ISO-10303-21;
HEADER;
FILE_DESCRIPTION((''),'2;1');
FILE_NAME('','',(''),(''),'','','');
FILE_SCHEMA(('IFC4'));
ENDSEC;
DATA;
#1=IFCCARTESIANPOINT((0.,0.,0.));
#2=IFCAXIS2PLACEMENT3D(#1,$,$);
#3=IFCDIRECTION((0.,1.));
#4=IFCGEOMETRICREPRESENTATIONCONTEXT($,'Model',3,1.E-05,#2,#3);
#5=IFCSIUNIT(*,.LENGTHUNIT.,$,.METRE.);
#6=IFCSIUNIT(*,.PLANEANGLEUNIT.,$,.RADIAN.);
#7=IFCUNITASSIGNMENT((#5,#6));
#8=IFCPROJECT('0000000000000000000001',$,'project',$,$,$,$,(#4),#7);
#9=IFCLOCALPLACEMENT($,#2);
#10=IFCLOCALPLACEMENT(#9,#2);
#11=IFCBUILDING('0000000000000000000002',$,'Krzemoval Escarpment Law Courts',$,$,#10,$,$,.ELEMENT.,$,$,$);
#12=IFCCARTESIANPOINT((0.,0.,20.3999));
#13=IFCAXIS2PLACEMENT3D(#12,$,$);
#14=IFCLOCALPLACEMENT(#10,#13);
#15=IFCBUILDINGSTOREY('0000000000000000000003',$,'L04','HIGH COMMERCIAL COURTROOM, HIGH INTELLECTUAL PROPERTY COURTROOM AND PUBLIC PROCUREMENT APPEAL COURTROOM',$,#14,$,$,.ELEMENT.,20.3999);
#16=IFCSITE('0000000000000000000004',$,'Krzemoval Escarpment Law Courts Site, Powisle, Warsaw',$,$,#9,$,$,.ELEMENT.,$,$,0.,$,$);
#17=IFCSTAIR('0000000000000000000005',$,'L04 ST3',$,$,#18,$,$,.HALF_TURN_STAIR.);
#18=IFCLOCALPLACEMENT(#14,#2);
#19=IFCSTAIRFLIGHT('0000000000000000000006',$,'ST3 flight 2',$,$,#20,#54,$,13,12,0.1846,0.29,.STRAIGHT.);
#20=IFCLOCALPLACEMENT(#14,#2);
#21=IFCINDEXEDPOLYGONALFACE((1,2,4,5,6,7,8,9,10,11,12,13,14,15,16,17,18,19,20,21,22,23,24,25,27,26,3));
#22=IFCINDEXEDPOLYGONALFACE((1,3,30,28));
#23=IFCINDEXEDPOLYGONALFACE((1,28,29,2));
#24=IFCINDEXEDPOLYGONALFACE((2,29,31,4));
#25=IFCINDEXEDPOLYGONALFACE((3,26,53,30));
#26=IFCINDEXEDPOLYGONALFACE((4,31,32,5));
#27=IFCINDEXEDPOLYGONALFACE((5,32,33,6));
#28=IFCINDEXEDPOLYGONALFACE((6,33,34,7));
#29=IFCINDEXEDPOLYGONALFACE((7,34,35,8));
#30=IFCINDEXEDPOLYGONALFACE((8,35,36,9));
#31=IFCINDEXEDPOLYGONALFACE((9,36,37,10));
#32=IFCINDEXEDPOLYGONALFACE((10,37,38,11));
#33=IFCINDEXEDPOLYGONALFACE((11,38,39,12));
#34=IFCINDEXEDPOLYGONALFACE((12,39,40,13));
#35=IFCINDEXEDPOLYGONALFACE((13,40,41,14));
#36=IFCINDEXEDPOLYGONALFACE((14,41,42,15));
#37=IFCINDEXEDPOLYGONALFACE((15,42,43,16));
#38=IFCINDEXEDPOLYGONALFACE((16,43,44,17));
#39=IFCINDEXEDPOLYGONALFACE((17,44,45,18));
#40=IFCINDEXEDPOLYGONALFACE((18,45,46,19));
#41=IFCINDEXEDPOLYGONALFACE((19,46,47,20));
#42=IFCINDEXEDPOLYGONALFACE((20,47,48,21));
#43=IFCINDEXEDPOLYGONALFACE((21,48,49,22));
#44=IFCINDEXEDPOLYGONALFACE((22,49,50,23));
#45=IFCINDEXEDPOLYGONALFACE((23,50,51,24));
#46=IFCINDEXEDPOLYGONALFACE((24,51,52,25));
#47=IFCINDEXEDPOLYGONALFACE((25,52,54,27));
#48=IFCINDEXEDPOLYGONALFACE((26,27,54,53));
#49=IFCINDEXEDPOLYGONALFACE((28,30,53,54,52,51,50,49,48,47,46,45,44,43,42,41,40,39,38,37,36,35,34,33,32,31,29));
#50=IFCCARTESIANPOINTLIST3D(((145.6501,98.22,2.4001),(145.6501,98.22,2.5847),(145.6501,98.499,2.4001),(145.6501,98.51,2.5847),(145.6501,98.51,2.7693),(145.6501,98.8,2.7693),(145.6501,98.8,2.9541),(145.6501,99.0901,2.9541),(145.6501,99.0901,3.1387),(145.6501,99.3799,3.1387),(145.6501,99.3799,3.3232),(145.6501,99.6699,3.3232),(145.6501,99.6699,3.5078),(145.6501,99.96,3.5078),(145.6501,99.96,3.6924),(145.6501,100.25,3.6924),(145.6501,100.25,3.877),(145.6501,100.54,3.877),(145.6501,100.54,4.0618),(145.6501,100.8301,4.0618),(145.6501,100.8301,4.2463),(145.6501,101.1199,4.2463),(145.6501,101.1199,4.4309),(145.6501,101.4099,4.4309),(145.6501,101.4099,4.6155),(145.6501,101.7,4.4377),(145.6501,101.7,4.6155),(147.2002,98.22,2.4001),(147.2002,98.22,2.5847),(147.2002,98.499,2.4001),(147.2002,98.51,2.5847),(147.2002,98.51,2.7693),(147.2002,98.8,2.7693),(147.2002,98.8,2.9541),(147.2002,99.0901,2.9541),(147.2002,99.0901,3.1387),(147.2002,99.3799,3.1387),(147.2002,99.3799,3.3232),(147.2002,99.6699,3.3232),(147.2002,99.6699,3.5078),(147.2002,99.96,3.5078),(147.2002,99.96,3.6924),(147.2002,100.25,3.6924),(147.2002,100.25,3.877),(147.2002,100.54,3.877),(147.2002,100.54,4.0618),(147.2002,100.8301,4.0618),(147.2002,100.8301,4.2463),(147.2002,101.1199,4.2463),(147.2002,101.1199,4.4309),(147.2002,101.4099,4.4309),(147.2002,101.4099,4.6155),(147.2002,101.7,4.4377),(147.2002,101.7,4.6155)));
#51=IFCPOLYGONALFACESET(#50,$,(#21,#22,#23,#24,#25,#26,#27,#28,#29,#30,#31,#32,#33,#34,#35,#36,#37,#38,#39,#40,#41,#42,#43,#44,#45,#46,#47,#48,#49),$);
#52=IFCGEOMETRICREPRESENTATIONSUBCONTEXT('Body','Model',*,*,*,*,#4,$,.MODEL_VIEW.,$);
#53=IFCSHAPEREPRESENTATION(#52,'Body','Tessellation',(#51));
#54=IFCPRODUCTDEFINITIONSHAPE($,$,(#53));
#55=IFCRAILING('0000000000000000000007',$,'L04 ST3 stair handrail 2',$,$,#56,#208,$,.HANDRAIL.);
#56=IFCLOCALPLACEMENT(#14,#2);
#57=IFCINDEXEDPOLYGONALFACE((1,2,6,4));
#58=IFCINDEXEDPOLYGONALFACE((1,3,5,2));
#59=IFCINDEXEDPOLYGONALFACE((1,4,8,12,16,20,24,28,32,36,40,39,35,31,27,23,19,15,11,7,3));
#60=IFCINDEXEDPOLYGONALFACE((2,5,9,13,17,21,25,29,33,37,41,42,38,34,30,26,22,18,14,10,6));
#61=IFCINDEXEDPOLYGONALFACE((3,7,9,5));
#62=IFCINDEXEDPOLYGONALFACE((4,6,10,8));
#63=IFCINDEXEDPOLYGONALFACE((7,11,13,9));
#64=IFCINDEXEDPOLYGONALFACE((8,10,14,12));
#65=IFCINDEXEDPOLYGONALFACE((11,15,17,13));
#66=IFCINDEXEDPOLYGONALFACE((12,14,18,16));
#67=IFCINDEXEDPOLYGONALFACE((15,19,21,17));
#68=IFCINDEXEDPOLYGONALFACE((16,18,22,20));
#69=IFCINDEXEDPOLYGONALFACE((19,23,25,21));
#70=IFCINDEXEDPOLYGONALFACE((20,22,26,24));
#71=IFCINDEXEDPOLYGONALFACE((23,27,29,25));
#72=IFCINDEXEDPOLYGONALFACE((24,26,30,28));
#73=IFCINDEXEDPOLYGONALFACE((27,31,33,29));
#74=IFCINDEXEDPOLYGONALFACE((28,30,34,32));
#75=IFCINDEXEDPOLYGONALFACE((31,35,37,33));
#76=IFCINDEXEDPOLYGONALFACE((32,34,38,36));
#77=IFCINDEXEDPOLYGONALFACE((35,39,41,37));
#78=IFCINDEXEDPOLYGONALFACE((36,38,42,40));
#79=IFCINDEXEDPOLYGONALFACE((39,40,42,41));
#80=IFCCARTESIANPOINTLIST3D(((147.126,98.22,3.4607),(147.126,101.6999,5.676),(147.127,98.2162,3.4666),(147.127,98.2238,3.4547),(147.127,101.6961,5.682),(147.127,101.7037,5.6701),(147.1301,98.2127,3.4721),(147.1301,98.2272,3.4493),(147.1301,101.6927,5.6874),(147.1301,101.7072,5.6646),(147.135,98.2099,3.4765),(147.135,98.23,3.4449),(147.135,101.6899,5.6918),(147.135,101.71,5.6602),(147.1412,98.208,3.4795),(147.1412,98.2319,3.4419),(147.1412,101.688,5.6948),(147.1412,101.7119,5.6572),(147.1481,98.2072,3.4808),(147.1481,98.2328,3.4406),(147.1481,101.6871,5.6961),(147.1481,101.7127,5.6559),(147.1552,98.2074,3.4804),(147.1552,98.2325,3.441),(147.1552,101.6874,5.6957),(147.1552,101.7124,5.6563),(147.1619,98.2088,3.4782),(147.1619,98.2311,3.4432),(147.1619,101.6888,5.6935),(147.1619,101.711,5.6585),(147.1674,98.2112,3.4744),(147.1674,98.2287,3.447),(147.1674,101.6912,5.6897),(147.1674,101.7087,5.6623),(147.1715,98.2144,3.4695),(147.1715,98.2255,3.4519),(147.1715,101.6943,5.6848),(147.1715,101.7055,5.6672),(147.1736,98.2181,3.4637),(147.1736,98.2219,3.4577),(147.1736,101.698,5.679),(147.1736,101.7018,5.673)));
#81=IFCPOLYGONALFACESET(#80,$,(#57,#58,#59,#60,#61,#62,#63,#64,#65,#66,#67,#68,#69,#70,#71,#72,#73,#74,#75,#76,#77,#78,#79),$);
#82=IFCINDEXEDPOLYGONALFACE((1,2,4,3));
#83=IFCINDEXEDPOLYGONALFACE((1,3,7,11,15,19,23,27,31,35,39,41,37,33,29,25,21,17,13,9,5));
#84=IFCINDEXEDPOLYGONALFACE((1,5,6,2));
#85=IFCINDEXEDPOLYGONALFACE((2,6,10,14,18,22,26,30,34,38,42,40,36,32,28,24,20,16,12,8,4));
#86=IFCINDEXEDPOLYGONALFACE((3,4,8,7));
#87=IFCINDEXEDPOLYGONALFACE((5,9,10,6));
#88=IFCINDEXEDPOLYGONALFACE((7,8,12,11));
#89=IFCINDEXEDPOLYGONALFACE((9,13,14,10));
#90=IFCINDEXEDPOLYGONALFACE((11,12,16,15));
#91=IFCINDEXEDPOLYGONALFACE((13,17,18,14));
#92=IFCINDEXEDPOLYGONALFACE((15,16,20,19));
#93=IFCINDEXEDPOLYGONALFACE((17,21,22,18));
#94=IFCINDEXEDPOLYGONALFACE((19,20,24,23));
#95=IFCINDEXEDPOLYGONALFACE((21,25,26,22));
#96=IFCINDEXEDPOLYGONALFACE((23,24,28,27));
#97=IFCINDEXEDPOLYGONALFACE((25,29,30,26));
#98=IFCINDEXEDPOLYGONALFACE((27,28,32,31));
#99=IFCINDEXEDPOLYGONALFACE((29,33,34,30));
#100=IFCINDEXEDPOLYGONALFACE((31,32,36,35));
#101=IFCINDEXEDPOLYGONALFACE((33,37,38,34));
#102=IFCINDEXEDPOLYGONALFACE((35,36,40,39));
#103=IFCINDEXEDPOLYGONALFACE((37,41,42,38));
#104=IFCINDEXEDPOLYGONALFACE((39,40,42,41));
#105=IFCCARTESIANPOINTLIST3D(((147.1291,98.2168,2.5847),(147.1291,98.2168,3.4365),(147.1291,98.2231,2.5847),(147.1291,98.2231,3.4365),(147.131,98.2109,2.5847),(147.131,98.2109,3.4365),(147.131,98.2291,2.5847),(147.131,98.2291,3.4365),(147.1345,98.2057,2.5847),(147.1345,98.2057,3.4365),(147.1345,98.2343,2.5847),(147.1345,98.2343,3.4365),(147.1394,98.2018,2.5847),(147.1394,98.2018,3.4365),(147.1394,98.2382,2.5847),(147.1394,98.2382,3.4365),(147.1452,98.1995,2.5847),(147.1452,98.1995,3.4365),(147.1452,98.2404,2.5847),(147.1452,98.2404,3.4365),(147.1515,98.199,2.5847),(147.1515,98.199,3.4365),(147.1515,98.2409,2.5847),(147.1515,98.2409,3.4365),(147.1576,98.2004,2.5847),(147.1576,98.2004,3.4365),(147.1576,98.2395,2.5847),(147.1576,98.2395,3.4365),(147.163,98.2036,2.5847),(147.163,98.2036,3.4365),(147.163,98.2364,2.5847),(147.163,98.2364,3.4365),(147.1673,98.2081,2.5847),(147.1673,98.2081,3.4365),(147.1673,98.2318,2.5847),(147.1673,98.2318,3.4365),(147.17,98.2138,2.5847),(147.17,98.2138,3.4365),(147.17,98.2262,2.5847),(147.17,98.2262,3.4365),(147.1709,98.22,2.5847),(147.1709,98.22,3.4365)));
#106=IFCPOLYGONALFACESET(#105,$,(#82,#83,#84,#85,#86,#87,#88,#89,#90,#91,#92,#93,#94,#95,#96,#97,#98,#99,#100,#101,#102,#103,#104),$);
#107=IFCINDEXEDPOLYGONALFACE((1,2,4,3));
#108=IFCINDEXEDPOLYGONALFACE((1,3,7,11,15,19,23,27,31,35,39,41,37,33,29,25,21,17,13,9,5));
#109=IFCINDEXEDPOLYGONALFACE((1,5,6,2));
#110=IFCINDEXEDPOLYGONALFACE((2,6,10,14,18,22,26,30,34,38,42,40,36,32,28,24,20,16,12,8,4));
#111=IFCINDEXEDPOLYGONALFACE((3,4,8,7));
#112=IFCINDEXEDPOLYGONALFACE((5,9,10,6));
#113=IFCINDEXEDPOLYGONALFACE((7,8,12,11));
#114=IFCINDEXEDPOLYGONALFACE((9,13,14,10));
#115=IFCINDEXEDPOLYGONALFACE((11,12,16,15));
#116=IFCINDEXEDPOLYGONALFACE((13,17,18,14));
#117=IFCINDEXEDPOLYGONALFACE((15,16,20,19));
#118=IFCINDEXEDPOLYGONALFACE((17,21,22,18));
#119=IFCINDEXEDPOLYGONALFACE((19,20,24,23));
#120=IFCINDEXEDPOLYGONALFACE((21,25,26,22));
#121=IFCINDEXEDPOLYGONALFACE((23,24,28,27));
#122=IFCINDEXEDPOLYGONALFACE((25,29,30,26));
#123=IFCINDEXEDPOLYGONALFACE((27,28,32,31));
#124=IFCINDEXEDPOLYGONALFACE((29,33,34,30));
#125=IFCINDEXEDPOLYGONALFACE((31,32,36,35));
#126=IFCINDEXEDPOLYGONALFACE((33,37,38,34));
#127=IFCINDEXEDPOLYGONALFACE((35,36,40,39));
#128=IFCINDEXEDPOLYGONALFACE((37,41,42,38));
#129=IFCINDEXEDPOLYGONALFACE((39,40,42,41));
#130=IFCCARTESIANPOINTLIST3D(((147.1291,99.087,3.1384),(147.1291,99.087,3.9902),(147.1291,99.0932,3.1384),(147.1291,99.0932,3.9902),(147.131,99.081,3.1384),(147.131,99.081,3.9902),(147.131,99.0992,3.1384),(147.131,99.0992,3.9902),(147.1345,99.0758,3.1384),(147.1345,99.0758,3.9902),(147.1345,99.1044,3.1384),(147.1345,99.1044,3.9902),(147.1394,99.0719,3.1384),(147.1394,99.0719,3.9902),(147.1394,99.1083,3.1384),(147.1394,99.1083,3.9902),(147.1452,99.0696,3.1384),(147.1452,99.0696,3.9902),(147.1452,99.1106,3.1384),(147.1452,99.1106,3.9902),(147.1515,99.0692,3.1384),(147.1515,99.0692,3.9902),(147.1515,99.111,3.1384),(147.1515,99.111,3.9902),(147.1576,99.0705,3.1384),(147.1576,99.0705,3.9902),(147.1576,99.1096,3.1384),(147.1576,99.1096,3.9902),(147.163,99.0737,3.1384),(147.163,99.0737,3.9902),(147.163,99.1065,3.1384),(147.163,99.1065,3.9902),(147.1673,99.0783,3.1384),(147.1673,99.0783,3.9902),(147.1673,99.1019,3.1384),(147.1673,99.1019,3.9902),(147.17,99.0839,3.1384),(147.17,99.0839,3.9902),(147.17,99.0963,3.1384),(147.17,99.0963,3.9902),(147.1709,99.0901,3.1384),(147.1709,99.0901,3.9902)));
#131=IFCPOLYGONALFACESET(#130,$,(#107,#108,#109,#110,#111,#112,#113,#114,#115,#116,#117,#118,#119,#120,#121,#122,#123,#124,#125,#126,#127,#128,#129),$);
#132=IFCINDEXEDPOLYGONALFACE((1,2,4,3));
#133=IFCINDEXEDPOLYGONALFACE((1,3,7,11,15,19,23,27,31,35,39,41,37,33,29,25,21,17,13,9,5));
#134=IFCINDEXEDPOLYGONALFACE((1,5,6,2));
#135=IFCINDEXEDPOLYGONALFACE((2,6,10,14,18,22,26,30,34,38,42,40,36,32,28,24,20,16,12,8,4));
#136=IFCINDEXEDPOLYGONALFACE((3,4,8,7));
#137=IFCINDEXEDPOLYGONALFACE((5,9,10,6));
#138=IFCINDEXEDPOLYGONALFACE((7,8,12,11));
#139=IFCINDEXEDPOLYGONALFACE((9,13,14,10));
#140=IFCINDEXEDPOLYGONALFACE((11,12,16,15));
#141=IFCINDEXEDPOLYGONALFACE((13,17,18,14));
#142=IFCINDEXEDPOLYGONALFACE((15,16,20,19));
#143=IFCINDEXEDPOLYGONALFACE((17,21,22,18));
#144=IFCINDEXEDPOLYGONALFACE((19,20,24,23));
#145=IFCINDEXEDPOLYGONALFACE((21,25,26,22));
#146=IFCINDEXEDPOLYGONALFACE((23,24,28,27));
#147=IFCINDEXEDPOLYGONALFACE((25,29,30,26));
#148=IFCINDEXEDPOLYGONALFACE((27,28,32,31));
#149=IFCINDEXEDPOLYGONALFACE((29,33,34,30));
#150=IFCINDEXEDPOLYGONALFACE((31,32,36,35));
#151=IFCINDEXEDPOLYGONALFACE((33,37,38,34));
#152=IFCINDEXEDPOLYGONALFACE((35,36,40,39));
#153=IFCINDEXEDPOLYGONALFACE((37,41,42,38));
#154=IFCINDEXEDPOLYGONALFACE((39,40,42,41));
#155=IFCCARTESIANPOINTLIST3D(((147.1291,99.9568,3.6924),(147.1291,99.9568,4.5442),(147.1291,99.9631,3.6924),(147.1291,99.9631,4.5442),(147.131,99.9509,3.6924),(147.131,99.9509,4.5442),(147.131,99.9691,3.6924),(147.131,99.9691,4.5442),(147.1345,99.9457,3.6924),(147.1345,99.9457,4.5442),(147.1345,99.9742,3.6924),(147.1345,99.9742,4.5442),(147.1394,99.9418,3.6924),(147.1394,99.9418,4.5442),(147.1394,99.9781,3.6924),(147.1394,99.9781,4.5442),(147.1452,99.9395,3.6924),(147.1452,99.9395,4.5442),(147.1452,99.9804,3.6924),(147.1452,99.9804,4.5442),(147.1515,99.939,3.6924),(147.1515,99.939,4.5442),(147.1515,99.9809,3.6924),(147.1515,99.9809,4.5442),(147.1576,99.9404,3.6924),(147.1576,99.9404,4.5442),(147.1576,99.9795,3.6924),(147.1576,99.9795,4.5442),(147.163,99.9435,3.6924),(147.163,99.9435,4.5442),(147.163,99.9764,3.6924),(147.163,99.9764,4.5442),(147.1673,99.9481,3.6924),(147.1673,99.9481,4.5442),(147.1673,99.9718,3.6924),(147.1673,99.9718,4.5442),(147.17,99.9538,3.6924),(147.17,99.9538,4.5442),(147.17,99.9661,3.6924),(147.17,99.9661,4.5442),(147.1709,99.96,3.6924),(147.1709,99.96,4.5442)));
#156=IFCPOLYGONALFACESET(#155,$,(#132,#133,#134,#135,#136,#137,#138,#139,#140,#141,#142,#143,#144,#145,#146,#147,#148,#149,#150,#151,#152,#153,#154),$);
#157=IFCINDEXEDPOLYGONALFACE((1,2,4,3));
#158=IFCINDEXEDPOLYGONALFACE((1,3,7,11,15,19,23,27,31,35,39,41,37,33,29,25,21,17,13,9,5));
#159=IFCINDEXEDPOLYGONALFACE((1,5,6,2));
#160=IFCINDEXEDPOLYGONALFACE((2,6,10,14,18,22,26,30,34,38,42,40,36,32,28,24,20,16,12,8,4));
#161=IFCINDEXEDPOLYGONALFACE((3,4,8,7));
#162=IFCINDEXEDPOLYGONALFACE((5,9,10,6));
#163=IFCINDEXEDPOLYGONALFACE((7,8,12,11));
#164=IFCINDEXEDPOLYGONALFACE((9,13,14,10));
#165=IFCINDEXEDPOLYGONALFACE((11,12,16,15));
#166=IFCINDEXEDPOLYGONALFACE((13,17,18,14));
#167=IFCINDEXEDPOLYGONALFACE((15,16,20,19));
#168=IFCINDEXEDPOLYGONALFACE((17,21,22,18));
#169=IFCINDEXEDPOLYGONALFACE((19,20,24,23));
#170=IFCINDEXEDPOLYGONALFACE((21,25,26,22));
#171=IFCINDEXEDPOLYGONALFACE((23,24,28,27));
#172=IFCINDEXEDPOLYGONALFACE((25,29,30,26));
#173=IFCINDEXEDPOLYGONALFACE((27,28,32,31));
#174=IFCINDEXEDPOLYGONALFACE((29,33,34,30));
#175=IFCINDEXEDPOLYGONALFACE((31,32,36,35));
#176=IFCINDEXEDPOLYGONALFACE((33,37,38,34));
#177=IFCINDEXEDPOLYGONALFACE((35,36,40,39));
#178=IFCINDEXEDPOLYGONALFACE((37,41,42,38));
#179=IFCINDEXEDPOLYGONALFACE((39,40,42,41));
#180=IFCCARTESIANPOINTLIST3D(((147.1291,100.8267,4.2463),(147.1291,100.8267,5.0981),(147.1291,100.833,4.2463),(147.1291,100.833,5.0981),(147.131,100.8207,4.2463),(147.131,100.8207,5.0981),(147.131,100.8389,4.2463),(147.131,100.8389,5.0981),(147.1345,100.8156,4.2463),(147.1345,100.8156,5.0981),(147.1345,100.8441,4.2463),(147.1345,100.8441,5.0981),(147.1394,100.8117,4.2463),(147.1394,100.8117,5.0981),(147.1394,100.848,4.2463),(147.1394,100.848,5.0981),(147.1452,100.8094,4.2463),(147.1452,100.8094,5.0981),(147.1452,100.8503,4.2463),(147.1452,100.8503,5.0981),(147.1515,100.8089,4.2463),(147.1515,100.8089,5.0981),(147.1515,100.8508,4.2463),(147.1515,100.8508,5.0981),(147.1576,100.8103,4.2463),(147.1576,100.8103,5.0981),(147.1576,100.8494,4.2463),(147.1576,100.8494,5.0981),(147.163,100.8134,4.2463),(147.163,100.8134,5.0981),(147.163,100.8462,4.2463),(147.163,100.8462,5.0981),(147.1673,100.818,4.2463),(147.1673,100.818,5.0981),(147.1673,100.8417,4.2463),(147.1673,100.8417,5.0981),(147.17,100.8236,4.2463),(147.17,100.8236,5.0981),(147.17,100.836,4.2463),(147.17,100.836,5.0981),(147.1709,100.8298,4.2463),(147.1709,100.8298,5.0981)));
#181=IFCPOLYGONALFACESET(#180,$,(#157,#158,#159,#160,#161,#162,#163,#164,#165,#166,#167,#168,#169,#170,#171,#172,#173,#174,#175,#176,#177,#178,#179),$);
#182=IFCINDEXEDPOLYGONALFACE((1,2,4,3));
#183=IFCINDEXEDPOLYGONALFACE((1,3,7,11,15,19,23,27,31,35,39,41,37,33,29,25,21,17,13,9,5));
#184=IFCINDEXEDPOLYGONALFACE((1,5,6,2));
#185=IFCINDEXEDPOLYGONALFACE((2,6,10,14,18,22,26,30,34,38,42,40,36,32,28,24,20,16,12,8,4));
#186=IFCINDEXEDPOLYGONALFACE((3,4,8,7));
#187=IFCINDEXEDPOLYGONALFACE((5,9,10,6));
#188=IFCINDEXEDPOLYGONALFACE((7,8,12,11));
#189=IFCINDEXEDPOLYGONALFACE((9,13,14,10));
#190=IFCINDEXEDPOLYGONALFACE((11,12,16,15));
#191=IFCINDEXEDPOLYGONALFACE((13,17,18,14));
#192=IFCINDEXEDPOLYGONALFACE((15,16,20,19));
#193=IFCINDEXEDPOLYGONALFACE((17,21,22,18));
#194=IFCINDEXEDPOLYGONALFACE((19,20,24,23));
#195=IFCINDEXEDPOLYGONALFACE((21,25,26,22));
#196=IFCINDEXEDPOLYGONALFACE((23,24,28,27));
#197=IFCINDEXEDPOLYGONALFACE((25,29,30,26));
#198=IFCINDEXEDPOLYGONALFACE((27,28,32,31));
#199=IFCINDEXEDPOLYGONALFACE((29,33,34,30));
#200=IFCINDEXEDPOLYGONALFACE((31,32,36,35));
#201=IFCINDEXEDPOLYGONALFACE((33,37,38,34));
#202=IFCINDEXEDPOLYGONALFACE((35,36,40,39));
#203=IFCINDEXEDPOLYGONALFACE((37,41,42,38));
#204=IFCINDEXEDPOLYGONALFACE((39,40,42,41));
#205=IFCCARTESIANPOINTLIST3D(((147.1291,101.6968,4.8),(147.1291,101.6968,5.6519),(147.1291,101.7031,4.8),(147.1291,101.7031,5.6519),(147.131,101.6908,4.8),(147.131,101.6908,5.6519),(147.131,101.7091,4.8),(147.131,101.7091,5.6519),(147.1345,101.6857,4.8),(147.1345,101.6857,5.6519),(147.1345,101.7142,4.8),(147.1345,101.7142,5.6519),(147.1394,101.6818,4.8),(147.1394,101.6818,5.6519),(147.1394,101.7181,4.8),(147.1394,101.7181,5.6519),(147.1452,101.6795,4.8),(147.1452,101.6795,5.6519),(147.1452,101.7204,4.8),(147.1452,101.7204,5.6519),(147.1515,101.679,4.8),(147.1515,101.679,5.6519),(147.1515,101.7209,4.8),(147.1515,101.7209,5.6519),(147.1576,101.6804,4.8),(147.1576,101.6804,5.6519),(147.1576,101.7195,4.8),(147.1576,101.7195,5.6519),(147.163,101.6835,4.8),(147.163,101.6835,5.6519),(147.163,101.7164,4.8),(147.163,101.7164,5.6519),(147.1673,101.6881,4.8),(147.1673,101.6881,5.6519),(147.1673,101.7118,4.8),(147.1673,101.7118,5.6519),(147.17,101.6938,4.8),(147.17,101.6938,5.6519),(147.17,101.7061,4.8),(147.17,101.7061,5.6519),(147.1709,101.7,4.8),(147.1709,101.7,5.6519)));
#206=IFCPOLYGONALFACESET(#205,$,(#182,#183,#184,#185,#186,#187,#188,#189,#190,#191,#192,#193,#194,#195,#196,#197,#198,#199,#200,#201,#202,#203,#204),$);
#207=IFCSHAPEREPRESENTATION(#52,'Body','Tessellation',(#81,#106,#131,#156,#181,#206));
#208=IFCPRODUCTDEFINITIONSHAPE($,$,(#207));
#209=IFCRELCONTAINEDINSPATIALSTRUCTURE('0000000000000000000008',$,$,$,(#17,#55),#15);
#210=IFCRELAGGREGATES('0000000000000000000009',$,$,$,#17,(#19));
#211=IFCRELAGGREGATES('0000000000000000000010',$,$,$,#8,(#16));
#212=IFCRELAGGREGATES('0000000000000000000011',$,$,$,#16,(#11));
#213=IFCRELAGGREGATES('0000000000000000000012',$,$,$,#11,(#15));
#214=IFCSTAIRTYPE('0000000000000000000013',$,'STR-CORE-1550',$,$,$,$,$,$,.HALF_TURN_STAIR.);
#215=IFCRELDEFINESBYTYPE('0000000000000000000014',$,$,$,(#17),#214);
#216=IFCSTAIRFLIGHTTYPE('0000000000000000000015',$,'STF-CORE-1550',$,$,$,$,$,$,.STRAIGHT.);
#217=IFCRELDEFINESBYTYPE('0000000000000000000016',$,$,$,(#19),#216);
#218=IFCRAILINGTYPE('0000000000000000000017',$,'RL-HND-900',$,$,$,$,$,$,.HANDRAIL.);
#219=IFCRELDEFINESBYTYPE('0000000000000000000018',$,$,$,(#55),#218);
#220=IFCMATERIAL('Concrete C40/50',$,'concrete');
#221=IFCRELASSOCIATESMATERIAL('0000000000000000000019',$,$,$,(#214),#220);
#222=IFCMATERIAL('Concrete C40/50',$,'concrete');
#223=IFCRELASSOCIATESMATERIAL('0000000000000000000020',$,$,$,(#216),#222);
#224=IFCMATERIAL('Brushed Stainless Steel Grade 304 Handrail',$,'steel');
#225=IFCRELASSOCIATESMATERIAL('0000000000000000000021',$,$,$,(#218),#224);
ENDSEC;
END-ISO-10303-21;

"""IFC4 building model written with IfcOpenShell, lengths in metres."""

from ifc_helpers import new_model, si_unit, direction, frame, origin, origin_2d, place, context, subcontext, project, spatial, polyline, circle, outline, extrude, material, type_object, element, aggregate, save


model = new_model("IFC4")

# Units and contexts
model_context = context("Model", 3, precision=1e-05, world=origin(), true_north=direction((0.0, 1.0)))
body_context = subcontext(model_context, "Body", "Model", "MODEL_VIEW")
ifc_project = project(units=[si_unit("LENGTHUNIT", "METRE"), si_unit("PLANEANGLEUNIT", "RADIAN")], contexts=[model_context])

# Site, building, storey
site_placement = place(None, origin())
site = spatial("IfcSite", under=ifc_project, at=site_placement, Name="Krzemoval Escarpment Law Courts Site, Powisle, Warsaw", CompositionType="ELEMENT", RefElevation=0.0)
building_placement = place(site_placement, origin())
building = spatial("IfcBuilding", under=site, at=building_placement, Name="Krzemoval Escarpment Law Courts", CompositionType="ELEMENT")
storey_placement = place(building_placement, frame((0.0, 0.0, 20.3999)))
storey = spatial("IfcBuildingStorey", under=building, at=storey_placement, Name="L04", Description="HIGH COMMERCIAL COURTROOM, HIGH INTELLECTUAL PROPERTY COURTROOM AND PUBLIC PROCUREMENT APPEAL COURTROOM", CompositionType="ELEMENT", Elevation=20.3999)

# Stair, stair flight
ifc_material_1 = material(Name="Concrete C40/50", Category="concrete")
stair_type = type_object("IfcStairType", Name="STR-CORE-1550", PredefinedType="HALF_TURN_STAIR", material=ifc_material_1)
stair_placement = place(storey_placement, origin())
stair = element("IfcStair", 1, at=stair_placement, inside=storey, type_object=stair_type, Name="L04 ST3", PredefinedType="HALF_TURN_STAIR")
ifc_material_2 = material(Name="Concrete C40/50", Category="concrete")
stair_flight_type = type_object("IfcStairFlightType", Name="STF-CORE-1550", PredefinedType="STRAIGHT", material=ifc_material_2)
stair_flight_placement = place(storey_placement, frame((146.425, 98.22, 2.4001), z_axis=(0.0, 0.0, 1.0), x_axis=(0.0, 1.0, 0.0)))
stair_flight = element("IfcStairFlight", 2, at=stair_flight_placement, type_object=stair_flight_type, Name="ST3 flight 2", NumberOfRisers=13, NumberOfTreads=12, PredefinedType="STRAIGHT", RiserHeight=0.1846, TreadLength=0.29, context=body_context, shape_type="SweptSolid", body=[
    extrude(outline(polyline([(0.0, 0.0), (0.0, 0.1846), (0.29, 0.1846), (0.29, 0.3691), (0.5801, 0.3691), (0.5801, 0.554), (0.8701, 0.554), (0.8701, 0.7385), (1.1599, 0.7385), (1.1599, 0.9231), (1.45, 0.9231), (1.45, 1.1077), (1.74, 1.1077), (1.74, 1.2922), (2.03, 1.2922), (2.03, 1.4768), (2.3201, 1.4768), (2.3201, 1.6616), (2.6101, 1.6616), (2.6101, 1.8462), (2.8999, 1.8462), (2.8999, 2.0308), (3.1899, 2.0308), (3.1899, 2.2153), (3.48, 2.2153), (3.48, 2.3999), (3.48, 2.0376), (0.2791, 0.0), (0.0, 0.0)])), frame((0.0, 0.7749, 0.0), z_axis=(0.0, -1.0, 0.0), x_axis=(1.0, 0.0, 0.0)), (0.0, 0.0, 1.0), 1.55),
])
aggregate(stair, [stair_flight])

# Railing
ifc_material_3 = material(Name="Brushed Stainless Steel Grade 304 Handrail", Category="steel")
railing_type = type_object("IfcRailingType", Name="RL-HND-900", PredefinedType="HANDRAIL", material=ifc_material_3)
railing_placement = place(storey_placement, frame((147.1499, 98.22, 2.5847)))
element("IfcRailing", 3, at=railing_placement, inside=storey, type_object=railing_type, Name="L04 ST3 stair handrail 2", PredefinedType="HANDRAIL", context=body_context, shape_type="SweptSolid", body=[
    extrude(circle(Radius=0.0239, at=origin_2d()), frame((0.0, 0.0, 0.876), z_axis=(0.0, 0.843574, 0.537013), x_axis=(-1.0, 0.0, 0.0)), (0.0, 0.0, 1.0), 4.1252),
    extrude(circle(Radius=0.021, at=origin_2d()), origin(), (0.0, 0.0, 1.0), 0.8518),
    extrude(circle(Radius=0.021, at=origin_2d()), frame((0.0, 0.8701, 0.5537)), (0.0, 0.0, 1.0), 0.8518),
    extrude(circle(Radius=0.021, at=origin_2d()), frame((0.0, 1.74, 1.1077)), (0.0, 0.0, 1.0), 0.8518),
    extrude(circle(Radius=0.021, at=origin_2d()), frame((0.0, 2.6099, 1.6616)), (0.0, 0.0, 1.0), 0.8518),
    extrude(circle(Radius=0.021, at=origin_2d()), frame((0.0, 3.48, 2.2153)), (0.0, 0.0, 1.0), 0.8518),
])

save(model, "model.ifc")
